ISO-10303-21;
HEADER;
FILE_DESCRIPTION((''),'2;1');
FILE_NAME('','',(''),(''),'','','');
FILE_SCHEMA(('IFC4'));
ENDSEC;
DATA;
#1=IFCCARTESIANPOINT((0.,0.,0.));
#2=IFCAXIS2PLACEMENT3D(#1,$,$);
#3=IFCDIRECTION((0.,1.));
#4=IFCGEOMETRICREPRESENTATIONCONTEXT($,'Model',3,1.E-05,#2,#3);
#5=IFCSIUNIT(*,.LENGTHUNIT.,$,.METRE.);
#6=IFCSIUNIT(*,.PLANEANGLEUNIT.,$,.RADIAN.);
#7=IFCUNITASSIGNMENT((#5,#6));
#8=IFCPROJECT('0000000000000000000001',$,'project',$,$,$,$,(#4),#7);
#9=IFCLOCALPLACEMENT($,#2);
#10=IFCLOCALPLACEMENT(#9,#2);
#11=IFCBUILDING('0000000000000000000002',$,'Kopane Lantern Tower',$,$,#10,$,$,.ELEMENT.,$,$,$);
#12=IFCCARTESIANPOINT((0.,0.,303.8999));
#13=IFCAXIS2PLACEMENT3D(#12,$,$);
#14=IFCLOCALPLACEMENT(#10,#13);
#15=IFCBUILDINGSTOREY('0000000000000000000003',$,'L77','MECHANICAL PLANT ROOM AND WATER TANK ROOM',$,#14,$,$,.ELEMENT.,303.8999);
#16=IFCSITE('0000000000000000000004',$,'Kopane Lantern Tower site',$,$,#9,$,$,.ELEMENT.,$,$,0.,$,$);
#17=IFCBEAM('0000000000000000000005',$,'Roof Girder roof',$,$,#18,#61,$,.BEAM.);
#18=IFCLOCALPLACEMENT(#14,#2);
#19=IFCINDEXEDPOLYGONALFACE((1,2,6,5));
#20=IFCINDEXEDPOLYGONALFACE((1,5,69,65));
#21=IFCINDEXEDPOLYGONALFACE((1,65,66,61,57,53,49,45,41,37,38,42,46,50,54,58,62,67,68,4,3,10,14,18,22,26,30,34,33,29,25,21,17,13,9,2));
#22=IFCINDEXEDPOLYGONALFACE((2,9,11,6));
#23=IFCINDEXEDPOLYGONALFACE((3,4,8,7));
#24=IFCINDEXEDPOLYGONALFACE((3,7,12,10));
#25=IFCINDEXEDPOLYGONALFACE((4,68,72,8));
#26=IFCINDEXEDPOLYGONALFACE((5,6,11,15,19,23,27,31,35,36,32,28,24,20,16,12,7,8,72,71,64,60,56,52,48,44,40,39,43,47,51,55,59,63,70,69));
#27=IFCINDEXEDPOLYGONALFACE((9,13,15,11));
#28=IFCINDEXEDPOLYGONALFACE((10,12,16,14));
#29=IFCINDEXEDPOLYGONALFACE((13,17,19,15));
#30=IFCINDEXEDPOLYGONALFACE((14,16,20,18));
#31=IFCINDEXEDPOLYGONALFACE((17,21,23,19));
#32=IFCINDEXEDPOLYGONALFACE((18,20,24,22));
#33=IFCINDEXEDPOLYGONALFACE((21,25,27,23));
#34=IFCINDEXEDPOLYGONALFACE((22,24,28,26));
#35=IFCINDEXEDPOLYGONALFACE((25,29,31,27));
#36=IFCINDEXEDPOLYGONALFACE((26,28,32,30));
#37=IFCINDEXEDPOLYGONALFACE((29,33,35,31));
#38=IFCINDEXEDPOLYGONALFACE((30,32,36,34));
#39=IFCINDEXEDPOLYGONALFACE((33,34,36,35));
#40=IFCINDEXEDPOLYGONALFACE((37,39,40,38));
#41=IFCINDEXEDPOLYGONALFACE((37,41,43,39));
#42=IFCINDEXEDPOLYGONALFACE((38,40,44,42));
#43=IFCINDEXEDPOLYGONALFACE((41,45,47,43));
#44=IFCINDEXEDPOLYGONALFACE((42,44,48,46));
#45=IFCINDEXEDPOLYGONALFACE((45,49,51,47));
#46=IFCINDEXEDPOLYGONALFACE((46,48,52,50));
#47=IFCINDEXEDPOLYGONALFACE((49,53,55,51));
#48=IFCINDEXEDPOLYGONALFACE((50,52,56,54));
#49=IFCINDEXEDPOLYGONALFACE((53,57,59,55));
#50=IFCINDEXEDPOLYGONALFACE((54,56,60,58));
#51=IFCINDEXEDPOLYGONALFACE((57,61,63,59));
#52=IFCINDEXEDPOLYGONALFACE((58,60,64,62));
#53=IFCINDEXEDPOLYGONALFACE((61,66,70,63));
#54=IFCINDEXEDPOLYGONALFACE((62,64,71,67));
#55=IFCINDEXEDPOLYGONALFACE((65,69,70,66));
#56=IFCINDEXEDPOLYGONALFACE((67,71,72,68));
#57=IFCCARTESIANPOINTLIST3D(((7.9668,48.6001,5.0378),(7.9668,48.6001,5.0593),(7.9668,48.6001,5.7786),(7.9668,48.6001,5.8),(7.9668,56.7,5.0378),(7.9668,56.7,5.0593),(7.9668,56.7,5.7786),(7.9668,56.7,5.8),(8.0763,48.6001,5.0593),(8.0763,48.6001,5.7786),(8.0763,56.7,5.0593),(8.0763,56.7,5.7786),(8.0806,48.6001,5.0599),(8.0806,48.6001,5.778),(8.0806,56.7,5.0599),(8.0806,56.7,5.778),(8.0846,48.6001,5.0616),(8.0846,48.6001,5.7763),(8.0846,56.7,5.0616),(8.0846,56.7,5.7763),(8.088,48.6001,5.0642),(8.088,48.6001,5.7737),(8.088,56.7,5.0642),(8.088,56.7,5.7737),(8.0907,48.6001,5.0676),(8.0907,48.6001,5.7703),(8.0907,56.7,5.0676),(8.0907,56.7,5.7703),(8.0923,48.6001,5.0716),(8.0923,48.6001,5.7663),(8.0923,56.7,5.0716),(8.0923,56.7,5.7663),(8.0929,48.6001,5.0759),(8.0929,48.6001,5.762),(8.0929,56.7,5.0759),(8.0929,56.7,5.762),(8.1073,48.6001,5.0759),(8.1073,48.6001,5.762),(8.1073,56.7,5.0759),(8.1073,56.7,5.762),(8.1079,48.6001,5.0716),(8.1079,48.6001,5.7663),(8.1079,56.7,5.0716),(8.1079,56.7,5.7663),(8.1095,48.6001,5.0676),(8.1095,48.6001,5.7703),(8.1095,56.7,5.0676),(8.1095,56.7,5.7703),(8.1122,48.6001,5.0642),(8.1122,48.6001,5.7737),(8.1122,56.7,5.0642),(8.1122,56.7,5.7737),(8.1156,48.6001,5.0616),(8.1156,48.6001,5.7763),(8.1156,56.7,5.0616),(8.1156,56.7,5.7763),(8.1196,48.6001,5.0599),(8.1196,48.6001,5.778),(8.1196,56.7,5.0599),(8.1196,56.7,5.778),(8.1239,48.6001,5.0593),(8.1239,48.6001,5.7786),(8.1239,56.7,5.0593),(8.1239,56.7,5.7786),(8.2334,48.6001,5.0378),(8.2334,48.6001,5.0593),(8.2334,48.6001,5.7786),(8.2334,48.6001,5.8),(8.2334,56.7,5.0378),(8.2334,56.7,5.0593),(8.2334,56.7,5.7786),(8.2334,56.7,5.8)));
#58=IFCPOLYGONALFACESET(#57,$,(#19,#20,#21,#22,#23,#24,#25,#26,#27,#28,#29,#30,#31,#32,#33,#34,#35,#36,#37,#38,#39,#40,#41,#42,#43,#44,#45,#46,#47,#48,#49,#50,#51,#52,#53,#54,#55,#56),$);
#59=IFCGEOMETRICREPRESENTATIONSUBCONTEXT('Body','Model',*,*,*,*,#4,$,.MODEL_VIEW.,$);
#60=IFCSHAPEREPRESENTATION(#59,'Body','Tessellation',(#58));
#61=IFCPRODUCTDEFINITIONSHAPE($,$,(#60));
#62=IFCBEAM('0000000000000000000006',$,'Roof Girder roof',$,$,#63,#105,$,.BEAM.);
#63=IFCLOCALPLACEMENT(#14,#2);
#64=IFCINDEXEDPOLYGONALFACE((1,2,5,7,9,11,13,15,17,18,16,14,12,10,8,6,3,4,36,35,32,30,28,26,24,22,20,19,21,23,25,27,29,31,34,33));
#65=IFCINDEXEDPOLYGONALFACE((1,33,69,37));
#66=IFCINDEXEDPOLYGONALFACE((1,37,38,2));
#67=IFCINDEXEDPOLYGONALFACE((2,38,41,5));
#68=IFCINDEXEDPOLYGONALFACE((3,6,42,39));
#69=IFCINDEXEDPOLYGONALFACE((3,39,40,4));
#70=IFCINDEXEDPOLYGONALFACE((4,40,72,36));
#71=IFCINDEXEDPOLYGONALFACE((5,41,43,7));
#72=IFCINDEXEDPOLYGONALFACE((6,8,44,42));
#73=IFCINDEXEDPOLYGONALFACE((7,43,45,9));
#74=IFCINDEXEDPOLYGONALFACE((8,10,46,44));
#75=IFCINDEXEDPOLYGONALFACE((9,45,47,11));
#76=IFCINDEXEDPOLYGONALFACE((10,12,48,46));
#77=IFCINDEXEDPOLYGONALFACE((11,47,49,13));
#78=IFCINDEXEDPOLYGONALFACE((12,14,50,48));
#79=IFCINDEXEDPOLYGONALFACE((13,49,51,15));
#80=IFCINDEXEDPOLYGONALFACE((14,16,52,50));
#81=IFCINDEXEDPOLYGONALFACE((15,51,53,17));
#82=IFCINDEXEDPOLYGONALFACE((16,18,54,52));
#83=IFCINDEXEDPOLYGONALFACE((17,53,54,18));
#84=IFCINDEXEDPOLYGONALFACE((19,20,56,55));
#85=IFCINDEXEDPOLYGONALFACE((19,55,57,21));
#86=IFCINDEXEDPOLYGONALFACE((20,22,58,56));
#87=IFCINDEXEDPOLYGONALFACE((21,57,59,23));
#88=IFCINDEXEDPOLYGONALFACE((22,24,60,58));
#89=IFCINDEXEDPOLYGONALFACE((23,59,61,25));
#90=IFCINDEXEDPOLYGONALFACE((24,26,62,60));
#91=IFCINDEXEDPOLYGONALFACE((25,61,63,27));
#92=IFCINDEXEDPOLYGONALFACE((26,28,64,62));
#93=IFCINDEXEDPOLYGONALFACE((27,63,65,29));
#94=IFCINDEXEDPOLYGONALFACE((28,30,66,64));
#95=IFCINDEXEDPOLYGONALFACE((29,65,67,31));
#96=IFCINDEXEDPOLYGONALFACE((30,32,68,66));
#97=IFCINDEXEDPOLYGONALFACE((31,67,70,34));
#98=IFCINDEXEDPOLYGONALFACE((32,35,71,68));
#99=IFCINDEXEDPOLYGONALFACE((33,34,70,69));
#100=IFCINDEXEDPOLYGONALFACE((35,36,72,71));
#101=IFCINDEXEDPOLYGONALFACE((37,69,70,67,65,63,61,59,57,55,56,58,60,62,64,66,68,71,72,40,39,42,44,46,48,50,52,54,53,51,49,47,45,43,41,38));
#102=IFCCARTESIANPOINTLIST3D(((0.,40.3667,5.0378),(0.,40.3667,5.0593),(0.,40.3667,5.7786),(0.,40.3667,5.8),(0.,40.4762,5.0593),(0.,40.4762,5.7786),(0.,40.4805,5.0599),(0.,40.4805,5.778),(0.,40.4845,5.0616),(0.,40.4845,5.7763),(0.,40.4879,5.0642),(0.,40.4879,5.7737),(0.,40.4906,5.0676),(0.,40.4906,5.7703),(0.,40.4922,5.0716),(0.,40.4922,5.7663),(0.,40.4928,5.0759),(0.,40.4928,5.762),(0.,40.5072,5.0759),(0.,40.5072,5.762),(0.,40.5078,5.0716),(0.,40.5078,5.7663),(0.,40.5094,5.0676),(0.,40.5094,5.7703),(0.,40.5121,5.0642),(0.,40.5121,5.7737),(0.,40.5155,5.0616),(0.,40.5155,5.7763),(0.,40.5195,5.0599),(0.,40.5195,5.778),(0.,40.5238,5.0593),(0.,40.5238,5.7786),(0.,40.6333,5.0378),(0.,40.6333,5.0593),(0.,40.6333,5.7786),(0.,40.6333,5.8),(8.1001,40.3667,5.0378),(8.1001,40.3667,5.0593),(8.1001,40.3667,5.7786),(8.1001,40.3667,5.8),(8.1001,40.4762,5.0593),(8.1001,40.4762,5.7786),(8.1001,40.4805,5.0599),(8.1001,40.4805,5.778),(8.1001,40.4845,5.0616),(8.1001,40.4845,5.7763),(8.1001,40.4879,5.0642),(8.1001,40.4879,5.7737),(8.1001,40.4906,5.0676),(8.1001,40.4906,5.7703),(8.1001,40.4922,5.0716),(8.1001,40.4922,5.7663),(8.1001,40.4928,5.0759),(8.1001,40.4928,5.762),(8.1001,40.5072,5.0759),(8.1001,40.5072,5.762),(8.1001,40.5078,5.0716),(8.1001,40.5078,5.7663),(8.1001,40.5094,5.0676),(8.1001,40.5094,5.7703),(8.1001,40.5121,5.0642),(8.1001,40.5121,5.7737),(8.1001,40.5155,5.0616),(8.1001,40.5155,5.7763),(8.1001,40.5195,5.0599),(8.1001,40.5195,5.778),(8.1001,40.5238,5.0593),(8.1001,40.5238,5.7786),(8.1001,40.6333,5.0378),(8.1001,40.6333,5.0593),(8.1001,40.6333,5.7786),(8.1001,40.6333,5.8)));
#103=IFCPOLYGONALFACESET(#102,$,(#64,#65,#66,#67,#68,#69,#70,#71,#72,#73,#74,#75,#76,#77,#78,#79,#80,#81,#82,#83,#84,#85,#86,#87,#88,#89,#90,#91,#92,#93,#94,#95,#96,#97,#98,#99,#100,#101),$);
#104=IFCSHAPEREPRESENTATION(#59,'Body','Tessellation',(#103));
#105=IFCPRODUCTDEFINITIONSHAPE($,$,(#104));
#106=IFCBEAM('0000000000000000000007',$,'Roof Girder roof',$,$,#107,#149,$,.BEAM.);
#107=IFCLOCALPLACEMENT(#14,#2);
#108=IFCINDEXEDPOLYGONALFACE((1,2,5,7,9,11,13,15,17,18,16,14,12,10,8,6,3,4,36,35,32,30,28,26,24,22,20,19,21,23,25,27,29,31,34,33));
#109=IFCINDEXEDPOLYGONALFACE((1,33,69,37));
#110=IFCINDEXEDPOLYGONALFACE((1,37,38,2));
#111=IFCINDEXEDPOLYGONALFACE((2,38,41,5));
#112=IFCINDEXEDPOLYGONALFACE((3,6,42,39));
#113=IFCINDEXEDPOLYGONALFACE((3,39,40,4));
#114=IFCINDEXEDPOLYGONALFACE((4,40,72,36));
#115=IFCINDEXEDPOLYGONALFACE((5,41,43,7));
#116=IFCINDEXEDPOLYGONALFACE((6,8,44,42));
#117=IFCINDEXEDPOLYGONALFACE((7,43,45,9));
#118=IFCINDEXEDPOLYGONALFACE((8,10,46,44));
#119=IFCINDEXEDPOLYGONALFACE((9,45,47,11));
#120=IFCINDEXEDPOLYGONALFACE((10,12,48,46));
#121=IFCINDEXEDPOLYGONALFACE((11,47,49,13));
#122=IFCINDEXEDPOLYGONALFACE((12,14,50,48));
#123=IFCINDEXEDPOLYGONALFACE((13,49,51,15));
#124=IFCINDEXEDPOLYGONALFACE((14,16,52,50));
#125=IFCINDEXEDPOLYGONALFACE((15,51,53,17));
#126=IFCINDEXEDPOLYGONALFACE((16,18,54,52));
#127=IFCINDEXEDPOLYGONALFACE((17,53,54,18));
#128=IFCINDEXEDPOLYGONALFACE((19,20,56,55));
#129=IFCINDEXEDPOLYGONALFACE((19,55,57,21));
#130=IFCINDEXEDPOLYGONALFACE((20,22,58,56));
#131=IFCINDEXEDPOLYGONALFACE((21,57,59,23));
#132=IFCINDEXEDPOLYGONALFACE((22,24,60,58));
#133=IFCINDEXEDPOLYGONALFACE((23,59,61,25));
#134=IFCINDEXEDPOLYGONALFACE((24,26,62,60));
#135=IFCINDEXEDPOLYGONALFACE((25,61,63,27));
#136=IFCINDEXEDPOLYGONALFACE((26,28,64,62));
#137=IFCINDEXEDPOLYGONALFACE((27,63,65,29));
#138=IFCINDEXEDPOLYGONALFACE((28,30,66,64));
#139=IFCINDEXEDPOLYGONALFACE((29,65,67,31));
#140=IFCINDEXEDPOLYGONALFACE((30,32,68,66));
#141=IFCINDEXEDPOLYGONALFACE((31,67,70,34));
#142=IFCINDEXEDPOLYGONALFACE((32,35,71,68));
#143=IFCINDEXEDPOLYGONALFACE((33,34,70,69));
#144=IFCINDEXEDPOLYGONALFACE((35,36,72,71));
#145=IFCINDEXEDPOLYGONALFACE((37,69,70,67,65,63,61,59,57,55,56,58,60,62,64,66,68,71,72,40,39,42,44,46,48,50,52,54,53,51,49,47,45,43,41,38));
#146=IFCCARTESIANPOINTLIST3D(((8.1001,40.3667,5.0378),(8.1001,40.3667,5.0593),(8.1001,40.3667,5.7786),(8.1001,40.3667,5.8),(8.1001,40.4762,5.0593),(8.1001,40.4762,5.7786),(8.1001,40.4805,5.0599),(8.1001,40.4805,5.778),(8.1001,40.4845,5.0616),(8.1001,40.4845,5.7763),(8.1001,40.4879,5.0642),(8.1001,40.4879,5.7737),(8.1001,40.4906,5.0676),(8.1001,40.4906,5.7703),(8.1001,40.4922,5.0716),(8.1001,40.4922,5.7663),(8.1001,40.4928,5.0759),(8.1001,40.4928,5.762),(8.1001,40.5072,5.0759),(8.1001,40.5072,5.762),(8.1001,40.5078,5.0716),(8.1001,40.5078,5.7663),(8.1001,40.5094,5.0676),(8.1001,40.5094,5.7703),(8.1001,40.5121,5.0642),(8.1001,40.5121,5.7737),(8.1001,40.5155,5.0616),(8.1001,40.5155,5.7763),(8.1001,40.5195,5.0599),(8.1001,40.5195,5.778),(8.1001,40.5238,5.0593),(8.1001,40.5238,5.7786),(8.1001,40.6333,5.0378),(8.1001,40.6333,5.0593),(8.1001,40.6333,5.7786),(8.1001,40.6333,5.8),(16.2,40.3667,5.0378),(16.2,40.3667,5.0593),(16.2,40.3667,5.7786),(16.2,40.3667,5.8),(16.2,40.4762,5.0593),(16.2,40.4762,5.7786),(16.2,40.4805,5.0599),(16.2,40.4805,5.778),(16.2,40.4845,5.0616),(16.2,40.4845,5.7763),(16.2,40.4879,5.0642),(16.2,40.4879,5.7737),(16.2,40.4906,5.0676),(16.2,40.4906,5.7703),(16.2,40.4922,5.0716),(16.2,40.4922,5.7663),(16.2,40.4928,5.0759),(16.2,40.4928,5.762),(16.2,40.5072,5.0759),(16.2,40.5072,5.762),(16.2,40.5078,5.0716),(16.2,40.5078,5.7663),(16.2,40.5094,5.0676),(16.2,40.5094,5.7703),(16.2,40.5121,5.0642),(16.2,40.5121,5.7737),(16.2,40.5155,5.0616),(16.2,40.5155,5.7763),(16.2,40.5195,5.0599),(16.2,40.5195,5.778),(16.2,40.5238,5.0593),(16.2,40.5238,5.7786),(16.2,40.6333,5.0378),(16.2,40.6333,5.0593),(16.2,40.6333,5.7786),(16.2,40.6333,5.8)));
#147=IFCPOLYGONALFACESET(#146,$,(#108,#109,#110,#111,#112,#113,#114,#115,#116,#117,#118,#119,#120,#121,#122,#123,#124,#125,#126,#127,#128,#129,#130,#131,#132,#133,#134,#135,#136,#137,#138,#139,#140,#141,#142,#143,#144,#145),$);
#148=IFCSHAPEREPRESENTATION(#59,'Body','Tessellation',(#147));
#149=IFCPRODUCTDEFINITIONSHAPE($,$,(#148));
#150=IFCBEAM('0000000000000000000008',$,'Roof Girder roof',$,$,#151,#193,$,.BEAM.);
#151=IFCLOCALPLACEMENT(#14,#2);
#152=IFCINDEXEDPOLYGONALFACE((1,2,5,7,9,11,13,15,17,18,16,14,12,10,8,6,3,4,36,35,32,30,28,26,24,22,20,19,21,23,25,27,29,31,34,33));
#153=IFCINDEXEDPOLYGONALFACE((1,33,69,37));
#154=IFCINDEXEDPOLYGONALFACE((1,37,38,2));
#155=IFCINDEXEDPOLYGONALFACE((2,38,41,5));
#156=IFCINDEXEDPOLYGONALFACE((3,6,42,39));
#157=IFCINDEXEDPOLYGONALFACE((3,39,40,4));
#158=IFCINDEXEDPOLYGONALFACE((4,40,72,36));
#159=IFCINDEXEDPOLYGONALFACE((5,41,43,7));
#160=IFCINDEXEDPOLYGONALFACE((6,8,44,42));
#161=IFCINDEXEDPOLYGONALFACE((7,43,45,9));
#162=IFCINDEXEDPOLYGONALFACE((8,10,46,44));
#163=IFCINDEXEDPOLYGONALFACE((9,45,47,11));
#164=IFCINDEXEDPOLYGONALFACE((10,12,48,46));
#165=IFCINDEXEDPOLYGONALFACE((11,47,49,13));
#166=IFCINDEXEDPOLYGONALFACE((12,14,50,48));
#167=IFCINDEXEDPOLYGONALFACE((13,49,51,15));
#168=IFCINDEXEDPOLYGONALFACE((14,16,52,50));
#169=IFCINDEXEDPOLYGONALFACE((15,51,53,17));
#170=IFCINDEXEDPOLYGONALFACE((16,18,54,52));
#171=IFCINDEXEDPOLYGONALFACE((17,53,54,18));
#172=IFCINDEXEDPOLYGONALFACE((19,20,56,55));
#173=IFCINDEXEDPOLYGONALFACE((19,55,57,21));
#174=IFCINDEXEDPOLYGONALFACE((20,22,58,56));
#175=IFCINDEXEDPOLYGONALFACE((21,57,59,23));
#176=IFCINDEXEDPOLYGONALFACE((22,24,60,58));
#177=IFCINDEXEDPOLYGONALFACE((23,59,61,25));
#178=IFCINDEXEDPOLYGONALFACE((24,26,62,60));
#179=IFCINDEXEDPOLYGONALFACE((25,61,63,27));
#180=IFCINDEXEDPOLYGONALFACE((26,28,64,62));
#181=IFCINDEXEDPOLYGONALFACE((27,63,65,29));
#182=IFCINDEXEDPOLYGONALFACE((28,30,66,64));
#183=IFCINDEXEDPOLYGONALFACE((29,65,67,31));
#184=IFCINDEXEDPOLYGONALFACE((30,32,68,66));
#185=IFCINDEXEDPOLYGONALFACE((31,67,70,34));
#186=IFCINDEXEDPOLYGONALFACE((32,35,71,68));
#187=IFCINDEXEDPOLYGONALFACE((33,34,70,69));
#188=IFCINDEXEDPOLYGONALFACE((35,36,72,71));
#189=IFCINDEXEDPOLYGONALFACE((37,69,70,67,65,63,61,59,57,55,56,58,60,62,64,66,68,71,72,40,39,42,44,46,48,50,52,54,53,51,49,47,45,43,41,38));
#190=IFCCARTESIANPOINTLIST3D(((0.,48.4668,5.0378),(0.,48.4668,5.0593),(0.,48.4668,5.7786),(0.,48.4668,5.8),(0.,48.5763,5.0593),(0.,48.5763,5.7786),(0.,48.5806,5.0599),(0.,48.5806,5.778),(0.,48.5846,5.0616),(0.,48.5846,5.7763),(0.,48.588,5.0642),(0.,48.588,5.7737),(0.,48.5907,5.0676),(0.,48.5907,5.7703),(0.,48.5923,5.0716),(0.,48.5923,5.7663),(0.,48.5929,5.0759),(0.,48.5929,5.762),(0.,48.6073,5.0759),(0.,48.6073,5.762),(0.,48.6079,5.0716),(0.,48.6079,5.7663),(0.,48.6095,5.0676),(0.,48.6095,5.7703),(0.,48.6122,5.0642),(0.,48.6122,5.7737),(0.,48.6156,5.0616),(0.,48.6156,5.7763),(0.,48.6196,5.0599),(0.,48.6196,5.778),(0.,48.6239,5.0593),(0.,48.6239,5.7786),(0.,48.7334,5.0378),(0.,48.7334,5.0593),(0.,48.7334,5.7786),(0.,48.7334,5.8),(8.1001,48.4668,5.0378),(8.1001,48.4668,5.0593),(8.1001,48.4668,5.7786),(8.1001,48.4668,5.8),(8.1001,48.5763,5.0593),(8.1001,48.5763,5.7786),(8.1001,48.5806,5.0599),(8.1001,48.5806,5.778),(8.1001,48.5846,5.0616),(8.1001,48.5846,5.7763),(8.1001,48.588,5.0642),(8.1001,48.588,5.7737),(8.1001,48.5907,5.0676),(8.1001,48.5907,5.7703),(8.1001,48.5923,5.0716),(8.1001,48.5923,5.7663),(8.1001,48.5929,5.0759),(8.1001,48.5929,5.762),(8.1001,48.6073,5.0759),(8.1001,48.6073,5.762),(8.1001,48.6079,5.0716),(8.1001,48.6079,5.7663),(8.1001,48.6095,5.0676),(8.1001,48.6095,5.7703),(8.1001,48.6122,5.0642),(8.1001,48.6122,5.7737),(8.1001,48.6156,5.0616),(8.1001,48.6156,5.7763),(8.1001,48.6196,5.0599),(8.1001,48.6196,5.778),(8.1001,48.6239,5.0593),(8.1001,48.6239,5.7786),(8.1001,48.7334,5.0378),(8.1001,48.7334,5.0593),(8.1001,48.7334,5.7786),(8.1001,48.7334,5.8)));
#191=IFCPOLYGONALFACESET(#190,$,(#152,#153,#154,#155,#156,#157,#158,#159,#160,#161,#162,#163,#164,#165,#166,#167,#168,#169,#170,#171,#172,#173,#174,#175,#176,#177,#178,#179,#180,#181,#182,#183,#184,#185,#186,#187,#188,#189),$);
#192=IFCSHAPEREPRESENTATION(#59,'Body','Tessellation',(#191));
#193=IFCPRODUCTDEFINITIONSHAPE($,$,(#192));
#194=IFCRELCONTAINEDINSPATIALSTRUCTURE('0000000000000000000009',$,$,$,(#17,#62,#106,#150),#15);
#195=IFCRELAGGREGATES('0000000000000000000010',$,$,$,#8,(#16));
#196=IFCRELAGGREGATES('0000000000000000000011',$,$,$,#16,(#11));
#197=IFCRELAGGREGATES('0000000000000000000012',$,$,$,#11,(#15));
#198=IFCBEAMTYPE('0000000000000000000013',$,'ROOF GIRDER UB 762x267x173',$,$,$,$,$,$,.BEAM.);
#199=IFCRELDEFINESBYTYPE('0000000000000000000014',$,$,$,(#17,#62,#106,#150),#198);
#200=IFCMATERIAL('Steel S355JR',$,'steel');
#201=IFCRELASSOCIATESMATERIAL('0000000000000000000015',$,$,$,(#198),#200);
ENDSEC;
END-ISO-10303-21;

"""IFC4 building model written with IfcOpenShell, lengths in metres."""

from ifc_helpers import new_model, si_unit, direction, frame, origin, origin_2d, place, context, subcontext, project, spatial, i_section, extrude, material, material_profile, profile_set, type_object, element, save


model = new_model("IFC4")

# Units and contexts
model_context = context("Model", 3, precision=1e-05, world=origin(), true_north=direction((0.0, 1.0)))
body_context = subcontext(model_context, "Body", "Model", "MODEL_VIEW")
ifc_project = project(units=[si_unit("LENGTHUNIT", "METRE"), si_unit("PLANEANGLEUNIT", "RADIAN")], contexts=[model_context])

# Site, building, storey
site_placement = place(None, origin())
site = spatial("IfcSite", under=ifc_project, at=site_placement, Name="Kopane Lantern Tower site", CompositionType="ELEMENT", RefElevation=0.0)
building_placement = place(site_placement, origin())
building = spatial("IfcBuilding", under=site, at=building_placement, Name="Kopane Lantern Tower", CompositionType="ELEMENT")
storey_placement = place(building_placement, frame((0.0, 0.0, 303.8999)))
storey = spatial("IfcBuildingStorey", under=building, at=storey_placement, Name="L77", Description="MECHANICAL PLANT ROOM AND WATER TANK ROOM", CompositionType="ELEMENT", Elevation=303.8999)

# Beams
ifc_material_1 = material(Name="Steel S355JR", Category="steel")
ifc_material_profile_1 = material_profile(ifc_material_1, i_section(OverallWidth=0.2666, OverallDepth=0.7622, WebThickness=0.0144, FlangeThickness=0.0215, FilletRadius=0.0166, at=origin_2d()), Name="UB 762x267x173")
ifc_profile_set_1 = profile_set([ifc_material_profile_1], Name="Steel S355JR")
beam_type_1 = type_object("IfcBeamType", Name="ROOF GIRDER UB 762x267x173", PredefinedType="BEAM", material=ifc_profile_set_1)
beam_1_placement = place(storey_placement, frame((8.1001, 48.6001, 5.4189), z_axis=(0.0, 1.0, 0.0), x_axis=(-1.0, 0.0, 0.0)))
element("IfcBeam", 1, at=beam_1_placement, inside=storey, type_object=beam_type_1, Name="Roof Girder roof", PredefinedType="BEAM", context=body_context, shape_type="SweptSolid", body=[
    extrude(i_section(OverallWidth=0.2666, OverallDepth=0.7622, WebThickness=0.0144, FlangeThickness=0.0215, FilletRadius=0.0166, at=origin_2d()), origin(), (0.0, 0.0, 1.0), 8.0999),
])
beam_2_placement = place(storey_placement, frame((0.0, 40.5, 5.4189), z_axis=(1.0, 0.0, 0.0), x_axis=(0.0, 1.0, 0.0)))
element("IfcBeam", 2, at=beam_2_placement, inside=storey, type_object=beam_type_1, Name="Roof Girder roof", PredefinedType="BEAM", context=body_context, shape_type="SweptSolid", body=[
    extrude(i_section(OverallWidth=0.2666, OverallDepth=0.7622, WebThickness=0.0144, FlangeThickness=0.0215, FilletRadius=0.0166, at=origin_2d()), origin(), (0.0, 0.0, 1.0), 8.1001),
])
beam_3_placement = place(storey_placement, frame((8.1001, 40.5, 5.4189), z_axis=(1.0, 0.0, 0.0), x_axis=(0.0, 1.0, 0.0)))
element("IfcBeam", 3, at=beam_3_placement, inside=storey, type_object=beam_type_1, Name="Roof Girder roof", PredefinedType="BEAM", context=body_context, shape_type="SweptSolid", body=[
    extrude(i_section(OverallWidth=0.2666, OverallDepth=0.7622, WebThickness=0.0144, FlangeThickness=0.0215, FilletRadius=0.0166, at=origin_2d()), origin(), (0.0, 0.0, 1.0), 8.0999),
])
beam_4_placement = place(storey_placement, frame((0.0, 48.6001, 5.4189), z_axis=(1.0, 0.0, 0.0), x_axis=(0.0, 1.0, 0.0)))
element("IfcBeam", 4, at=beam_4_placement, inside=storey, type_object=beam_type_1, Name="Roof Girder roof", PredefinedType="BEAM", context=body_context, shape_type="SweptSolid", body=[
    extrude(i_section(OverallWidth=0.2666, OverallDepth=0.7622, WebThickness=0.0144, FlangeThickness=0.0215, FilletRadius=0.0166, at=origin_2d()), origin(), (0.0, 0.0, 1.0), 8.1001),
])

save(model, "model.ifc")
